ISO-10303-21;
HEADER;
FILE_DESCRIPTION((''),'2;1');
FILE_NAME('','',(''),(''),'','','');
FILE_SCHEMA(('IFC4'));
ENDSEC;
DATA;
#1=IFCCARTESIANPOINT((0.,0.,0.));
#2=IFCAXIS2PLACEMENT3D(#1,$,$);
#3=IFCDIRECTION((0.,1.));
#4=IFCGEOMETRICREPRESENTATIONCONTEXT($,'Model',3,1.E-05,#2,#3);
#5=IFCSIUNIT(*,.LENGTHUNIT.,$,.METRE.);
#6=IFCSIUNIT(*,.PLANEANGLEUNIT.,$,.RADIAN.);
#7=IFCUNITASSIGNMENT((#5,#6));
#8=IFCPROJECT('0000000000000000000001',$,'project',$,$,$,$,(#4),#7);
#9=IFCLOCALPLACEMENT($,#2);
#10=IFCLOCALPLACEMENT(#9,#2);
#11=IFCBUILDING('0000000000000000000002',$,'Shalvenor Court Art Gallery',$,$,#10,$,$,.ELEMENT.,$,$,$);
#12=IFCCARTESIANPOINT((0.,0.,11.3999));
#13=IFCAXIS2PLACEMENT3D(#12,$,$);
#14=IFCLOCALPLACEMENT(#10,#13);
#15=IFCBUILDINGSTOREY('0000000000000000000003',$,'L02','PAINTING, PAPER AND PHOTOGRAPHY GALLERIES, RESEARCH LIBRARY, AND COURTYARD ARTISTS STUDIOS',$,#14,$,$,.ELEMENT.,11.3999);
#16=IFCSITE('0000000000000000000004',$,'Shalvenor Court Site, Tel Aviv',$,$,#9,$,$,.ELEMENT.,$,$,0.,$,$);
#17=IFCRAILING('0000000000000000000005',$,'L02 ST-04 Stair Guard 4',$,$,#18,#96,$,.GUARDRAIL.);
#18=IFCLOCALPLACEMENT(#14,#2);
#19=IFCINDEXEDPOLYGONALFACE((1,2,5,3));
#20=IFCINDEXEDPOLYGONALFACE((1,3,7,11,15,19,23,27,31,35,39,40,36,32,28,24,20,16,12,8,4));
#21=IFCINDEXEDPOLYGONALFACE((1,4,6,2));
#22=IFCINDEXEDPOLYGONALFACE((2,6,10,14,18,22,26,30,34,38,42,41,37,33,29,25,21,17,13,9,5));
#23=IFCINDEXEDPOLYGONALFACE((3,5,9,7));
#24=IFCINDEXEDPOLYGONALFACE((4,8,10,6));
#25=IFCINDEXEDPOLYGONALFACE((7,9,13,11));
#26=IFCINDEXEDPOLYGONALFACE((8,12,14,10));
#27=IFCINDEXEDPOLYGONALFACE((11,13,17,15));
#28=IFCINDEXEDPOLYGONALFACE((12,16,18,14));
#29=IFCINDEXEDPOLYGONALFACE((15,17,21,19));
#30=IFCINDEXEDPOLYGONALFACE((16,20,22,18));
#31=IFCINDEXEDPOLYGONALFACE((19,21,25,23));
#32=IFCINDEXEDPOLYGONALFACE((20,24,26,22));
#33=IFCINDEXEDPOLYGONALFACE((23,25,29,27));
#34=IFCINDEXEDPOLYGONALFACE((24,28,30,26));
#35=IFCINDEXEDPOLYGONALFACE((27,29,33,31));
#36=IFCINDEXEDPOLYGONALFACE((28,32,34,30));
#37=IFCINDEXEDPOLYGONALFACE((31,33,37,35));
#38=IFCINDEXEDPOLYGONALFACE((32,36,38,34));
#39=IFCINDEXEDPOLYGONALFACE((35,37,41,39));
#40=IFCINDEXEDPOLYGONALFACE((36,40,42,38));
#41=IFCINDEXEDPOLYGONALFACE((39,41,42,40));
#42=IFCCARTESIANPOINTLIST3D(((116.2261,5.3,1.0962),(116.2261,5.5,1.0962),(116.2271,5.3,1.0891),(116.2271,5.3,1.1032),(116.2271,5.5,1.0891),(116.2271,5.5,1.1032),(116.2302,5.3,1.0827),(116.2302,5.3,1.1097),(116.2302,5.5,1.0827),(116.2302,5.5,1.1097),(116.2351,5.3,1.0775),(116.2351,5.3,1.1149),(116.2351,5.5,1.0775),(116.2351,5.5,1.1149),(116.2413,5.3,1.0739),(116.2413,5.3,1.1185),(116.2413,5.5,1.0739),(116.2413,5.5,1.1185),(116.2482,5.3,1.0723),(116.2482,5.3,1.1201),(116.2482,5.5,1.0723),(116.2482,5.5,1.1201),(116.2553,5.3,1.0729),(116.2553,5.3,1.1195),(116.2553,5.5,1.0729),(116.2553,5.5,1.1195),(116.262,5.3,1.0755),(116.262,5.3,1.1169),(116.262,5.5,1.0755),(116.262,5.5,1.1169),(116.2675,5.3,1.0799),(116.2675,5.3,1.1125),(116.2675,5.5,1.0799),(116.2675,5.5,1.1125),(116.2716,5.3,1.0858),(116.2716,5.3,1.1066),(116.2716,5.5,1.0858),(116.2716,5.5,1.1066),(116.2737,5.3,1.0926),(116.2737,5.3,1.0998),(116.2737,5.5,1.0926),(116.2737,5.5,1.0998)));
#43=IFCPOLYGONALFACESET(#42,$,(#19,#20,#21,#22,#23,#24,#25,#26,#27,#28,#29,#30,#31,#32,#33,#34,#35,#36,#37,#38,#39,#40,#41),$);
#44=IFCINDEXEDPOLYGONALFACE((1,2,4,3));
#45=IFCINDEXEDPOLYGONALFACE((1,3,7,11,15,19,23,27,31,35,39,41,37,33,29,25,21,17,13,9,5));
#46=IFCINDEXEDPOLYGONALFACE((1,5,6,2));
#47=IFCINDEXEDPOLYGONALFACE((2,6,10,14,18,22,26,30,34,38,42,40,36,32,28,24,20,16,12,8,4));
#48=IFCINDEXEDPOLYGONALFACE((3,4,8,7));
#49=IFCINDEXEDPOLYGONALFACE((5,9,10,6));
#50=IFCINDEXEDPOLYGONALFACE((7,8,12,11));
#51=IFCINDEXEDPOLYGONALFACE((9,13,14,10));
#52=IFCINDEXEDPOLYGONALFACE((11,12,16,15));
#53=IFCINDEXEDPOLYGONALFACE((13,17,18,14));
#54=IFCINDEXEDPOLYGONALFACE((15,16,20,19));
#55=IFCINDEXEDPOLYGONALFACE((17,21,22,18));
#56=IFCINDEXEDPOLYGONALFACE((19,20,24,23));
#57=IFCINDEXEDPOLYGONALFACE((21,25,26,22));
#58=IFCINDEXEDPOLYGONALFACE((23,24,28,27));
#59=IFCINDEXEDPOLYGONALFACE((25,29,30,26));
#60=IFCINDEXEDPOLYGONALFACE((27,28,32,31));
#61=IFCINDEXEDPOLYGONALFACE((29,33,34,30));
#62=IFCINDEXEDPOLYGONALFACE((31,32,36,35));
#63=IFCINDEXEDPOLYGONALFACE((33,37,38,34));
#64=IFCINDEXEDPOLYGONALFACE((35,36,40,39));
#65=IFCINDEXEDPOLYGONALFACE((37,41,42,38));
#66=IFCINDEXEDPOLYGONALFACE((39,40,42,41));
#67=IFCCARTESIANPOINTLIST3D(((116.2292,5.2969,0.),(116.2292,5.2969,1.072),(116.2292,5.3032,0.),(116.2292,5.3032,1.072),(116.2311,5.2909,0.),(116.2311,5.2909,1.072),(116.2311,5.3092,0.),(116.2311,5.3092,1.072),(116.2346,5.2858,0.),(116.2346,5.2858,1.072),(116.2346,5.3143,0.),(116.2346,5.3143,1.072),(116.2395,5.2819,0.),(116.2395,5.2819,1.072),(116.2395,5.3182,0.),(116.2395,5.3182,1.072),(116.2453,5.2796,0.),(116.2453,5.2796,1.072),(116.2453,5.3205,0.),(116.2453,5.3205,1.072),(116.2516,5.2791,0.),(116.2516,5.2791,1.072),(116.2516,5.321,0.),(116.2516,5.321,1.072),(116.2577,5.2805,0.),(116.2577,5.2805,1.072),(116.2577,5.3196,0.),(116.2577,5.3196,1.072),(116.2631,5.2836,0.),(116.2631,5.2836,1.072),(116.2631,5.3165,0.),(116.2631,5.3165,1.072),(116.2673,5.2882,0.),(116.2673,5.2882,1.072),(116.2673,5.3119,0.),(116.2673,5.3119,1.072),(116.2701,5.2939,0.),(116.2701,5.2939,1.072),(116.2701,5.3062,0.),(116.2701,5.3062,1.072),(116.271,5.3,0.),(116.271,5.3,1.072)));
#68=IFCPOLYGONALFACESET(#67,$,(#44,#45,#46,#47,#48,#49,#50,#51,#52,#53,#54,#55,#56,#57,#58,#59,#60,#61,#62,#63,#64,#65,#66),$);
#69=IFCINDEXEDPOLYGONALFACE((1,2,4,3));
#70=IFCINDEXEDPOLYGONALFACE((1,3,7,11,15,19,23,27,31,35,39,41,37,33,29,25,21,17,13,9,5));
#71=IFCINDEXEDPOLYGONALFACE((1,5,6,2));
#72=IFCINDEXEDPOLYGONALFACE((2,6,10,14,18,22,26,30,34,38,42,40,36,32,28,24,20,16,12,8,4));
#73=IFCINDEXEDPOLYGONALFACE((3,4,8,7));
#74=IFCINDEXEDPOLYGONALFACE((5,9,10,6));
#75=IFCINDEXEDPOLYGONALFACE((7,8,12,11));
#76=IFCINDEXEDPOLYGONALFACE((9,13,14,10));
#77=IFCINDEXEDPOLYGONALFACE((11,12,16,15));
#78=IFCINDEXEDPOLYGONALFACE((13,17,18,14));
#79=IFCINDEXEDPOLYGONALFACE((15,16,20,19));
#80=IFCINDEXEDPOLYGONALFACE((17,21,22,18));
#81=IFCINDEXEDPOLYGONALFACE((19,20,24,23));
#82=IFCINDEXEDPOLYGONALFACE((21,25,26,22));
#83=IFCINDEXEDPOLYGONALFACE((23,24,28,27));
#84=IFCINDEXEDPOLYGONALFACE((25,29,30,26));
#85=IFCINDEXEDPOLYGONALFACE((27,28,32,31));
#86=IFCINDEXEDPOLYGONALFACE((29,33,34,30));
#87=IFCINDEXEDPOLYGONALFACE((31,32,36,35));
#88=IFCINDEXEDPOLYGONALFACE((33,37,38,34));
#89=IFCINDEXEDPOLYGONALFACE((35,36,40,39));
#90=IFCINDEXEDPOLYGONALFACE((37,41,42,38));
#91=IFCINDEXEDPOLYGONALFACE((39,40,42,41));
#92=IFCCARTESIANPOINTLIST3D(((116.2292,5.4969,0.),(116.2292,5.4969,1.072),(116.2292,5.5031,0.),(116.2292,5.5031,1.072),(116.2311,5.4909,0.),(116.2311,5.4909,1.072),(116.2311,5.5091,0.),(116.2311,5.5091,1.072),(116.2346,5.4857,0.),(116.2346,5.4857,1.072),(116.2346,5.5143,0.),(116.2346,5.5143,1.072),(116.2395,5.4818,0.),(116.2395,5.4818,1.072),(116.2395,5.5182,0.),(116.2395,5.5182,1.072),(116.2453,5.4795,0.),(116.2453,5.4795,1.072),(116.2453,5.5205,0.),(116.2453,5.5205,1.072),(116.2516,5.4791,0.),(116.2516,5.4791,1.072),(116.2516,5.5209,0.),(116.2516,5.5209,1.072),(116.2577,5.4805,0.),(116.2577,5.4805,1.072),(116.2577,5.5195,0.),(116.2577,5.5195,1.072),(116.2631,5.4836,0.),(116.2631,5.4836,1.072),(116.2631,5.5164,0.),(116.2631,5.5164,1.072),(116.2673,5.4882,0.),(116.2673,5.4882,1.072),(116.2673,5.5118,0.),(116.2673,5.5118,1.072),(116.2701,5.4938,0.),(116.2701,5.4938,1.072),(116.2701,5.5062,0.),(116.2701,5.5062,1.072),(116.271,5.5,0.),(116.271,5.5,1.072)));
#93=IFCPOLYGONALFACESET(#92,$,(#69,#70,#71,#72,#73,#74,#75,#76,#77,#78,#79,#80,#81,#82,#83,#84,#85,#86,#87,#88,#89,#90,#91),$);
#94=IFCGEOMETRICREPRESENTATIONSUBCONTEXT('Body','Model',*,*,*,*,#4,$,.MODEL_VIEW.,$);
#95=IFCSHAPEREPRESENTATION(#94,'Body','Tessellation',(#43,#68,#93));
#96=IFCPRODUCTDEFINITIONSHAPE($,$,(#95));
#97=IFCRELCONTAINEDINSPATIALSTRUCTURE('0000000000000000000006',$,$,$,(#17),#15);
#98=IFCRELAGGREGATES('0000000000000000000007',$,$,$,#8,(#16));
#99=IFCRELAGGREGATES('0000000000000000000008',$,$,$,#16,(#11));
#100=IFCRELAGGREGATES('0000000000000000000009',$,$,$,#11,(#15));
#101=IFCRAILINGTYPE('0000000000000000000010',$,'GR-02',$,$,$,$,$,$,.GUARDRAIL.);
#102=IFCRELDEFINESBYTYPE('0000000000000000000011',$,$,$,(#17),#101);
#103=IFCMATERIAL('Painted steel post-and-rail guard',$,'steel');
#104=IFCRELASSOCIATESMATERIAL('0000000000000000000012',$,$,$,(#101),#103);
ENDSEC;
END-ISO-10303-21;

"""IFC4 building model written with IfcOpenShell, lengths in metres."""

from ifc_helpers import new_model, si_unit, direction, frame, origin, origin_2d, place, context, subcontext, project, spatial, circle, extrude, material, type_object, element, save


model = new_model("IFC4")

# Units and contexts
model_context = context("Model", 3, precision=1e-05, world=origin(), true_north=direction((0.0, 1.0)))
body_context = subcontext(model_context, "Body", "Model", "MODEL_VIEW")
ifc_project = project(units=[si_unit("LENGTHUNIT", "METRE"), si_unit("PLANEANGLEUNIT", "RADIAN")], contexts=[model_context])

# Site, building, storey
site_placement = place(None, origin())
site = spatial("IfcSite", under=ifc_project, at=site_placement, Name="Shalvenor Court Site, Tel Aviv", CompositionType="ELEMENT", RefElevation=0.0)
building_placement = place(site_placement, origin())
building = spatial("IfcBuilding", under=site, at=building_placement, Name="Shalvenor Court Art Gallery", CompositionType="ELEMENT")
storey_placement = place(building_placement, frame((0.0, 0.0, 11.3999)))
storey = spatial("IfcBuildingStorey", under=building, at=storey_placement, Name="L02", Description="PAINTING, PAPER AND PHOTOGRAPHY GALLERIES, RESEARCH LIBRARY, AND COURTYARD ARTISTS STUDIOS", CompositionType="ELEMENT", Elevation=11.3999)

# Railing
ifc_material_1 = material(Name="Painted steel post-and-rail guard", Category="steel")
railing_type_1 = type_object("IfcRailingType", Name="GR-02", PredefinedType="GUARDRAIL", material=ifc_material_1)
railing_1_placement = place(storey_placement, frame((116.25, 5.3, 0.0)))
element("IfcRailing", 1, at=railing_1_placement, inside=storey, type_object=railing_type_1, Name="L02 ST-04 Stair Guard 4", PredefinedType="GUARDRAIL", context=body_context, shape_type="SweptSolid", body=[
    extrude(circle(Radius=0.0239, at=origin_2d()), frame((0.0, 0.0, 1.0962), z_axis=(0.0, 1.0, 0.0), x_axis=(-1.0, 0.0, 0.0)), (0.0, 0.0, 1.0), 0.2),
    extrude(circle(Radius=0.021, at=origin_2d()), origin(), (0.0, 0.0, 1.0), 1.072),
    extrude(circle(Radius=0.021, at=origin_2d()), frame((0.0, 0.2, 0.0)), (0.0, 0.0, 1.0), 1.072),
])

save(model, "model.ifc")
